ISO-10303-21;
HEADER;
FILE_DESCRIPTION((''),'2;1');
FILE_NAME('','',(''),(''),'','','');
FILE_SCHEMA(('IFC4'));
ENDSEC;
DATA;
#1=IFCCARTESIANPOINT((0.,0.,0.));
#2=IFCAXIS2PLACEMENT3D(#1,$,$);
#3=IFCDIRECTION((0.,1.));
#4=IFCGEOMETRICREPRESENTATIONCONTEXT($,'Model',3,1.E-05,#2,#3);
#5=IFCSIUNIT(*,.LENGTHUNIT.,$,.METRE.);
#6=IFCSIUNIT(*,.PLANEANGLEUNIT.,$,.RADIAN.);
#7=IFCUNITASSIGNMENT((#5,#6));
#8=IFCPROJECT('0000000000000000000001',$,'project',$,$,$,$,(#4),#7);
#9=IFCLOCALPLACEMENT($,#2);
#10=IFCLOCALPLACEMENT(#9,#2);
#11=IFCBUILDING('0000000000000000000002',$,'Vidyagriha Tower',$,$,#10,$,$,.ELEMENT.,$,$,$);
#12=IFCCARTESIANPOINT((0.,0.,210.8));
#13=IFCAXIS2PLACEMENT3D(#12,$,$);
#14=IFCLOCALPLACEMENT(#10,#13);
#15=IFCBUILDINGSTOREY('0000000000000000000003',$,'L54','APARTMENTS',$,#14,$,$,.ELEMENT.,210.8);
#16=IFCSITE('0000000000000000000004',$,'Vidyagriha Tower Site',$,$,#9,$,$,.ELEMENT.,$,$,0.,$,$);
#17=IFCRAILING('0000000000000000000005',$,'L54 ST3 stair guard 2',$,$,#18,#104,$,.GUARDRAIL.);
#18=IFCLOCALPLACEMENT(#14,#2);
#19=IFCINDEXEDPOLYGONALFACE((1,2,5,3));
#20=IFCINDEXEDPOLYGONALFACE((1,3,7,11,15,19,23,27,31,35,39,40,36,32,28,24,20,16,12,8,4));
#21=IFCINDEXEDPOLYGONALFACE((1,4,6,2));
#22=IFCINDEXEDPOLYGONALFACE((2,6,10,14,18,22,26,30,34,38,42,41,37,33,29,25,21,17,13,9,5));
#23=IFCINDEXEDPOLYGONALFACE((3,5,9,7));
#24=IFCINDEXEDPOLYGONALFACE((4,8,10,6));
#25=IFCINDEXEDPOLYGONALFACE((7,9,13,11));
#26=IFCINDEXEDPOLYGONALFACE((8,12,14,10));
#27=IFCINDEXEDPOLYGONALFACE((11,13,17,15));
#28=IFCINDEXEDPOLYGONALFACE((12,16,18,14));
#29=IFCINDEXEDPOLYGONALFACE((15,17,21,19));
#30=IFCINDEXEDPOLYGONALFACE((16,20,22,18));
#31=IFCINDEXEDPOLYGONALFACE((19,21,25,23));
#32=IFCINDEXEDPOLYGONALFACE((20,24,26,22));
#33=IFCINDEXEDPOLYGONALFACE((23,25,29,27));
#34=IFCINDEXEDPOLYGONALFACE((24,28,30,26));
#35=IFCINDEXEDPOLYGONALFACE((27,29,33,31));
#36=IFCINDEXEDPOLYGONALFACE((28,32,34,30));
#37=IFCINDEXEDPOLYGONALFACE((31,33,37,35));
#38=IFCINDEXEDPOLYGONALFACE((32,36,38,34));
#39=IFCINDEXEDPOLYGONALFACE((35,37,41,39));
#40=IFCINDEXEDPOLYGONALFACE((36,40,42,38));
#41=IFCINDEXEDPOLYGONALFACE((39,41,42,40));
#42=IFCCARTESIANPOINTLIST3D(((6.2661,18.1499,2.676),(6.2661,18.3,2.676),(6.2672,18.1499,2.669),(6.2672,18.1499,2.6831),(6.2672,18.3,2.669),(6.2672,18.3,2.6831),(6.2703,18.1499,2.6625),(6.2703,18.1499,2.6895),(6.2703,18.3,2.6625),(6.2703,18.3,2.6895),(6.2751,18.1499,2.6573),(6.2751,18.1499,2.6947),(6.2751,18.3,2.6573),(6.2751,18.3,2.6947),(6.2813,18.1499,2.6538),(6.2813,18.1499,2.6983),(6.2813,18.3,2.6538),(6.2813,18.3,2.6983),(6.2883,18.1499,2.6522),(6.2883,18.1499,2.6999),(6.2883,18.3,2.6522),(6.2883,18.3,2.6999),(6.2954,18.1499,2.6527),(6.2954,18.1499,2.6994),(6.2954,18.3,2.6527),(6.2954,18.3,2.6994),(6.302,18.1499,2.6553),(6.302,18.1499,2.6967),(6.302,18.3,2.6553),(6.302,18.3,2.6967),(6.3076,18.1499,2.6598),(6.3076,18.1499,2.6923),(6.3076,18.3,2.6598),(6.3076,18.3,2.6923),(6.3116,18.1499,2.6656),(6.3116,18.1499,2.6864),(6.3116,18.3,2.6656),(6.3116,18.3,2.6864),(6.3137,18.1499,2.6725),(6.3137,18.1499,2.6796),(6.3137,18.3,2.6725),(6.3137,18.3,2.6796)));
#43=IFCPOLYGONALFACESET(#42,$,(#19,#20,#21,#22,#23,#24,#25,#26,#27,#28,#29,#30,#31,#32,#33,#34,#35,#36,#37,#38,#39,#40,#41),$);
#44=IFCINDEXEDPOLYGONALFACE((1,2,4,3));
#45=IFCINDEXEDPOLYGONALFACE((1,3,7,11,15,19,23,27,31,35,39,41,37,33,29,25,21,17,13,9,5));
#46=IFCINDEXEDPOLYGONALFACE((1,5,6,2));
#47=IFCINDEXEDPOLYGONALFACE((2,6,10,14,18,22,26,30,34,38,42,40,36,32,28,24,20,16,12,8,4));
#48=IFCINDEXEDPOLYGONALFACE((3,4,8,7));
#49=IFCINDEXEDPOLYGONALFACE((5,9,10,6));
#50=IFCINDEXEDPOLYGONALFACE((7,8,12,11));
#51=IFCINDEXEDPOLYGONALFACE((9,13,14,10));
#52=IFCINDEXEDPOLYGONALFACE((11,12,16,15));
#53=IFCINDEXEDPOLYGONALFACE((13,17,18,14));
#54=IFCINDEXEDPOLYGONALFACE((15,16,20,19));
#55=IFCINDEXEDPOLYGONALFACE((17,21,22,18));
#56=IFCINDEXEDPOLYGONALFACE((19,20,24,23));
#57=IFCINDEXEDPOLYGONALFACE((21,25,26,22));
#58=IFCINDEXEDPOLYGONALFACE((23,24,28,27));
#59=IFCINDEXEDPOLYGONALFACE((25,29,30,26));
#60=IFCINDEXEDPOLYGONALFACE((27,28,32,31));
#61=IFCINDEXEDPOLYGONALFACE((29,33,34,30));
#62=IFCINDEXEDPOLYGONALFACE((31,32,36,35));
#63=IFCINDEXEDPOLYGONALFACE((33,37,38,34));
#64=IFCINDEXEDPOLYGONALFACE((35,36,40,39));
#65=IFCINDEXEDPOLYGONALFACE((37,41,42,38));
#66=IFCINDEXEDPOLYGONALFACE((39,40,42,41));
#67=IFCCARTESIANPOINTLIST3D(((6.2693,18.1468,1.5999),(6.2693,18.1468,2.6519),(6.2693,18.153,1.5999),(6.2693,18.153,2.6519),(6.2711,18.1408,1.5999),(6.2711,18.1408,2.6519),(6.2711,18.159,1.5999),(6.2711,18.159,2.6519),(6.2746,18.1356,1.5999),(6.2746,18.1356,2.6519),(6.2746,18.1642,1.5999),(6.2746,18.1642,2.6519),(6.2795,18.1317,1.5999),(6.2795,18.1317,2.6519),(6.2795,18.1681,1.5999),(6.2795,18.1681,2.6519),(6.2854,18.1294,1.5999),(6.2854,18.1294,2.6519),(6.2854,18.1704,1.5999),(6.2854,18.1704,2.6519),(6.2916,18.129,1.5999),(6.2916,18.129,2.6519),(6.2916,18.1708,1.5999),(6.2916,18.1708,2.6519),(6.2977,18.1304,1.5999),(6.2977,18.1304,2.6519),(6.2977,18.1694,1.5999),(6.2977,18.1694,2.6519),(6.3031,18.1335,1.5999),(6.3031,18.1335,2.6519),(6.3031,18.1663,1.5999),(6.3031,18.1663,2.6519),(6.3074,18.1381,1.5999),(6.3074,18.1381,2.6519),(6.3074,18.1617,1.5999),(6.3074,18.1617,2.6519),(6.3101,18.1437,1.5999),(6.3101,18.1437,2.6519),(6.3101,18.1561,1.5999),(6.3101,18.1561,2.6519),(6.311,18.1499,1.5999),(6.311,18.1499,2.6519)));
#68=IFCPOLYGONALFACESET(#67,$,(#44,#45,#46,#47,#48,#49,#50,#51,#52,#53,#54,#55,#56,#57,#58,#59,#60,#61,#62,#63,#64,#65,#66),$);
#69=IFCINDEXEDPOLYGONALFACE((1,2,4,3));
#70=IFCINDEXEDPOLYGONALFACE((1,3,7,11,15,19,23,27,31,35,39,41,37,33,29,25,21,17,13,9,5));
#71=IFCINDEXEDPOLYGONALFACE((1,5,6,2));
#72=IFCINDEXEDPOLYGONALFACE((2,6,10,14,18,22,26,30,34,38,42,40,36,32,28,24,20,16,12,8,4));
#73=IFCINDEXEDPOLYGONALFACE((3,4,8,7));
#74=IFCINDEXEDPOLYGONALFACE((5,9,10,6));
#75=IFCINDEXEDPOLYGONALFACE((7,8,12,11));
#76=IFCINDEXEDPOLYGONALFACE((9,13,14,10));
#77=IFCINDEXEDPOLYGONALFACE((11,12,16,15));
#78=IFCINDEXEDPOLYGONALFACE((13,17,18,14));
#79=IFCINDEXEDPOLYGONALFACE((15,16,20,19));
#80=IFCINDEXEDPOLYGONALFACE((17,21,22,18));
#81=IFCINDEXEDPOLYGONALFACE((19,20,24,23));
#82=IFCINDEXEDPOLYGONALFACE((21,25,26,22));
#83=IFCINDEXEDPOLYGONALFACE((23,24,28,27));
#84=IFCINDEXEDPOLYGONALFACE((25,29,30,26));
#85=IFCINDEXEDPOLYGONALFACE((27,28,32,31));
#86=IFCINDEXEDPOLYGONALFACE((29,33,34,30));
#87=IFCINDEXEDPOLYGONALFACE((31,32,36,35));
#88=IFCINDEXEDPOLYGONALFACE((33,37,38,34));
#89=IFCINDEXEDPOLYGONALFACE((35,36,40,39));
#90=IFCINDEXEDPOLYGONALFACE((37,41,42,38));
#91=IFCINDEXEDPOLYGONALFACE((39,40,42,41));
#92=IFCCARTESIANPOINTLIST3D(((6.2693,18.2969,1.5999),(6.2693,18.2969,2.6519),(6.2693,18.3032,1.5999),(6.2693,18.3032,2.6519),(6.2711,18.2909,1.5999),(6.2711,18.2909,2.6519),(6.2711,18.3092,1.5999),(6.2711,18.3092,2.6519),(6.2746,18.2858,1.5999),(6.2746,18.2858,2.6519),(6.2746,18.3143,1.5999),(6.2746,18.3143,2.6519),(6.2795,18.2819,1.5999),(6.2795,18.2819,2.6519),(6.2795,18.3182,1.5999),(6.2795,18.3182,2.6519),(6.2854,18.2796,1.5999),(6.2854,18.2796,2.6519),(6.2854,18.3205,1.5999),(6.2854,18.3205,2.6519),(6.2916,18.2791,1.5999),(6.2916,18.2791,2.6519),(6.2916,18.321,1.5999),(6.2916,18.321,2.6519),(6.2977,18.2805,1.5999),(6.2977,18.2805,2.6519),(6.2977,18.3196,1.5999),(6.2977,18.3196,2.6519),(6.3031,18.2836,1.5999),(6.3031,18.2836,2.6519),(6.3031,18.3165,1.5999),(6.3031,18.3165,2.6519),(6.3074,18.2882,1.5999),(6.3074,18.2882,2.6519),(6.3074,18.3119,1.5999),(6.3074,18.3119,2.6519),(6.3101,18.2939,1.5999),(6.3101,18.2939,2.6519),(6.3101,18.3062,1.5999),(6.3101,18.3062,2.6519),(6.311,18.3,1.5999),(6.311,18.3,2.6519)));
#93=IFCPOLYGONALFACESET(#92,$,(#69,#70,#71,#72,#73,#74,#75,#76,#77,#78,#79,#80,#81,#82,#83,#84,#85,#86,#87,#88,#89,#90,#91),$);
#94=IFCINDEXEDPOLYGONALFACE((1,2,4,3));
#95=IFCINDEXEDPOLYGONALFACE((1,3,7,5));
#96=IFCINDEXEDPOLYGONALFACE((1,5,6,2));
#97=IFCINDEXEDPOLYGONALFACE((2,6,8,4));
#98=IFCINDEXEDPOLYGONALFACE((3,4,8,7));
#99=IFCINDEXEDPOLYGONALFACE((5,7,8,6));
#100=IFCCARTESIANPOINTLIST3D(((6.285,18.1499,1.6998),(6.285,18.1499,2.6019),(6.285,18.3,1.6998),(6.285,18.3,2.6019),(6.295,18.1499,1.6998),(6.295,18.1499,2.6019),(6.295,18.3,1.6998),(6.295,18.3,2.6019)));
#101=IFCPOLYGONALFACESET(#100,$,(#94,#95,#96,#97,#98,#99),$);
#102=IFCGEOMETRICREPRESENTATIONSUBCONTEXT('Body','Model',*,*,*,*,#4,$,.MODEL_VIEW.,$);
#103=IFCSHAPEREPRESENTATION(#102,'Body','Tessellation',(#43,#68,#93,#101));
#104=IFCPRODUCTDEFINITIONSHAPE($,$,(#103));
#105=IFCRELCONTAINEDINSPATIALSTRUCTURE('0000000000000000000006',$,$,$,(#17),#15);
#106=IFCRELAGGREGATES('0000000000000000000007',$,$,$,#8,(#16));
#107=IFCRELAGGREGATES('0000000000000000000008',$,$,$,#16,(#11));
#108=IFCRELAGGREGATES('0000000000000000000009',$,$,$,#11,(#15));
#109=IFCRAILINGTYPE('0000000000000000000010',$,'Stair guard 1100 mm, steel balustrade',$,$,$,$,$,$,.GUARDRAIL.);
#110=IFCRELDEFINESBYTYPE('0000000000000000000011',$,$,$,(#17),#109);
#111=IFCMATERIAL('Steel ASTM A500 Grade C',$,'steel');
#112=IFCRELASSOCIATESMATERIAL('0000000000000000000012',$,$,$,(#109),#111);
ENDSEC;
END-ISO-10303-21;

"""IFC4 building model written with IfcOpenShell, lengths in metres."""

from ifc_helpers import new_model, si_unit, direction, frame, origin, origin_2d, place, context, subcontext, project, spatial, rectangle, circle, extrude, material, type_object, element, save


model = new_model("IFC4")

# Units and contexts
model_context = context("Model", 3, precision=1e-05, world=origin(), true_north=direction((0.0, 1.0)))
body_context = subcontext(model_context, "Body", "Model", "MODEL_VIEW")
ifc_project = project(units=[si_unit("LENGTHUNIT", "METRE"), si_unit("PLANEANGLEUNIT", "RADIAN")], contexts=[model_context])

# Site, building, storey
site_placement = place(None, origin())
site = spatial("IfcSite", under=ifc_project, at=site_placement, Name="Vidyagriha Tower Site", CompositionType="ELEMENT", RefElevation=0.0)
building_placement = place(site_placement, origin())
building = spatial("IfcBuilding", under=site, at=building_placement, Name="Vidyagriha Tower", CompositionType="ELEMENT")
storey_placement = place(building_placement, frame((0.0, 0.0, 210.8)))
storey = spatial("IfcBuildingStorey", under=building, at=storey_placement, Name="L54", Description="APARTMENTS", CompositionType="ELEMENT", Elevation=210.8)

# Railing
ifc_material_1 = material(Name="Steel ASTM A500 Grade C", Category="steel")
railing_type_1 = type_object("IfcRailingType", Name="Stair guard 1100 mm, steel balustrade", PredefinedType="GUARDRAIL", material=ifc_material_1)
railing_1_placement = place(storey_placement, frame((6.29, 18.1499, 1.5999)))
element("IfcRailing", 1, at=railing_1_placement, inside=storey, type_object=railing_type_1, Name="L54 ST3 stair guard 2", PredefinedType="GUARDRAIL", context=body_context, shape_type="SweptSolid", body=[
    extrude(circle(Radius=0.0239, at=origin_2d()), frame((0.0, 0.0, 1.0762), z_axis=(0.0, 1.0, 0.0), x_axis=(-1.0, 0.0, 0.0)), (0.0, 0.0, 1.0), 0.1501),
    extrude(circle(Radius=0.021, at=origin_2d()), origin(), (0.0, 0.0, 1.0), 1.052),
    extrude(circle(Radius=0.021, at=origin_2d()), frame((0.0, 0.1501, 0.0)), (0.0, 0.0, 1.0), 1.052),
    extrude(rectangle(XDim=0.01, YDim=0.9021, at=origin_2d()), frame((0.0, 0.0, 0.551), z_axis=(0.0, 1.0, 0.0), x_axis=(-1.0, 0.0, 0.0)), (0.0, 0.0, 1.0), 0.1501),
])

save(model, "model.ifc")
